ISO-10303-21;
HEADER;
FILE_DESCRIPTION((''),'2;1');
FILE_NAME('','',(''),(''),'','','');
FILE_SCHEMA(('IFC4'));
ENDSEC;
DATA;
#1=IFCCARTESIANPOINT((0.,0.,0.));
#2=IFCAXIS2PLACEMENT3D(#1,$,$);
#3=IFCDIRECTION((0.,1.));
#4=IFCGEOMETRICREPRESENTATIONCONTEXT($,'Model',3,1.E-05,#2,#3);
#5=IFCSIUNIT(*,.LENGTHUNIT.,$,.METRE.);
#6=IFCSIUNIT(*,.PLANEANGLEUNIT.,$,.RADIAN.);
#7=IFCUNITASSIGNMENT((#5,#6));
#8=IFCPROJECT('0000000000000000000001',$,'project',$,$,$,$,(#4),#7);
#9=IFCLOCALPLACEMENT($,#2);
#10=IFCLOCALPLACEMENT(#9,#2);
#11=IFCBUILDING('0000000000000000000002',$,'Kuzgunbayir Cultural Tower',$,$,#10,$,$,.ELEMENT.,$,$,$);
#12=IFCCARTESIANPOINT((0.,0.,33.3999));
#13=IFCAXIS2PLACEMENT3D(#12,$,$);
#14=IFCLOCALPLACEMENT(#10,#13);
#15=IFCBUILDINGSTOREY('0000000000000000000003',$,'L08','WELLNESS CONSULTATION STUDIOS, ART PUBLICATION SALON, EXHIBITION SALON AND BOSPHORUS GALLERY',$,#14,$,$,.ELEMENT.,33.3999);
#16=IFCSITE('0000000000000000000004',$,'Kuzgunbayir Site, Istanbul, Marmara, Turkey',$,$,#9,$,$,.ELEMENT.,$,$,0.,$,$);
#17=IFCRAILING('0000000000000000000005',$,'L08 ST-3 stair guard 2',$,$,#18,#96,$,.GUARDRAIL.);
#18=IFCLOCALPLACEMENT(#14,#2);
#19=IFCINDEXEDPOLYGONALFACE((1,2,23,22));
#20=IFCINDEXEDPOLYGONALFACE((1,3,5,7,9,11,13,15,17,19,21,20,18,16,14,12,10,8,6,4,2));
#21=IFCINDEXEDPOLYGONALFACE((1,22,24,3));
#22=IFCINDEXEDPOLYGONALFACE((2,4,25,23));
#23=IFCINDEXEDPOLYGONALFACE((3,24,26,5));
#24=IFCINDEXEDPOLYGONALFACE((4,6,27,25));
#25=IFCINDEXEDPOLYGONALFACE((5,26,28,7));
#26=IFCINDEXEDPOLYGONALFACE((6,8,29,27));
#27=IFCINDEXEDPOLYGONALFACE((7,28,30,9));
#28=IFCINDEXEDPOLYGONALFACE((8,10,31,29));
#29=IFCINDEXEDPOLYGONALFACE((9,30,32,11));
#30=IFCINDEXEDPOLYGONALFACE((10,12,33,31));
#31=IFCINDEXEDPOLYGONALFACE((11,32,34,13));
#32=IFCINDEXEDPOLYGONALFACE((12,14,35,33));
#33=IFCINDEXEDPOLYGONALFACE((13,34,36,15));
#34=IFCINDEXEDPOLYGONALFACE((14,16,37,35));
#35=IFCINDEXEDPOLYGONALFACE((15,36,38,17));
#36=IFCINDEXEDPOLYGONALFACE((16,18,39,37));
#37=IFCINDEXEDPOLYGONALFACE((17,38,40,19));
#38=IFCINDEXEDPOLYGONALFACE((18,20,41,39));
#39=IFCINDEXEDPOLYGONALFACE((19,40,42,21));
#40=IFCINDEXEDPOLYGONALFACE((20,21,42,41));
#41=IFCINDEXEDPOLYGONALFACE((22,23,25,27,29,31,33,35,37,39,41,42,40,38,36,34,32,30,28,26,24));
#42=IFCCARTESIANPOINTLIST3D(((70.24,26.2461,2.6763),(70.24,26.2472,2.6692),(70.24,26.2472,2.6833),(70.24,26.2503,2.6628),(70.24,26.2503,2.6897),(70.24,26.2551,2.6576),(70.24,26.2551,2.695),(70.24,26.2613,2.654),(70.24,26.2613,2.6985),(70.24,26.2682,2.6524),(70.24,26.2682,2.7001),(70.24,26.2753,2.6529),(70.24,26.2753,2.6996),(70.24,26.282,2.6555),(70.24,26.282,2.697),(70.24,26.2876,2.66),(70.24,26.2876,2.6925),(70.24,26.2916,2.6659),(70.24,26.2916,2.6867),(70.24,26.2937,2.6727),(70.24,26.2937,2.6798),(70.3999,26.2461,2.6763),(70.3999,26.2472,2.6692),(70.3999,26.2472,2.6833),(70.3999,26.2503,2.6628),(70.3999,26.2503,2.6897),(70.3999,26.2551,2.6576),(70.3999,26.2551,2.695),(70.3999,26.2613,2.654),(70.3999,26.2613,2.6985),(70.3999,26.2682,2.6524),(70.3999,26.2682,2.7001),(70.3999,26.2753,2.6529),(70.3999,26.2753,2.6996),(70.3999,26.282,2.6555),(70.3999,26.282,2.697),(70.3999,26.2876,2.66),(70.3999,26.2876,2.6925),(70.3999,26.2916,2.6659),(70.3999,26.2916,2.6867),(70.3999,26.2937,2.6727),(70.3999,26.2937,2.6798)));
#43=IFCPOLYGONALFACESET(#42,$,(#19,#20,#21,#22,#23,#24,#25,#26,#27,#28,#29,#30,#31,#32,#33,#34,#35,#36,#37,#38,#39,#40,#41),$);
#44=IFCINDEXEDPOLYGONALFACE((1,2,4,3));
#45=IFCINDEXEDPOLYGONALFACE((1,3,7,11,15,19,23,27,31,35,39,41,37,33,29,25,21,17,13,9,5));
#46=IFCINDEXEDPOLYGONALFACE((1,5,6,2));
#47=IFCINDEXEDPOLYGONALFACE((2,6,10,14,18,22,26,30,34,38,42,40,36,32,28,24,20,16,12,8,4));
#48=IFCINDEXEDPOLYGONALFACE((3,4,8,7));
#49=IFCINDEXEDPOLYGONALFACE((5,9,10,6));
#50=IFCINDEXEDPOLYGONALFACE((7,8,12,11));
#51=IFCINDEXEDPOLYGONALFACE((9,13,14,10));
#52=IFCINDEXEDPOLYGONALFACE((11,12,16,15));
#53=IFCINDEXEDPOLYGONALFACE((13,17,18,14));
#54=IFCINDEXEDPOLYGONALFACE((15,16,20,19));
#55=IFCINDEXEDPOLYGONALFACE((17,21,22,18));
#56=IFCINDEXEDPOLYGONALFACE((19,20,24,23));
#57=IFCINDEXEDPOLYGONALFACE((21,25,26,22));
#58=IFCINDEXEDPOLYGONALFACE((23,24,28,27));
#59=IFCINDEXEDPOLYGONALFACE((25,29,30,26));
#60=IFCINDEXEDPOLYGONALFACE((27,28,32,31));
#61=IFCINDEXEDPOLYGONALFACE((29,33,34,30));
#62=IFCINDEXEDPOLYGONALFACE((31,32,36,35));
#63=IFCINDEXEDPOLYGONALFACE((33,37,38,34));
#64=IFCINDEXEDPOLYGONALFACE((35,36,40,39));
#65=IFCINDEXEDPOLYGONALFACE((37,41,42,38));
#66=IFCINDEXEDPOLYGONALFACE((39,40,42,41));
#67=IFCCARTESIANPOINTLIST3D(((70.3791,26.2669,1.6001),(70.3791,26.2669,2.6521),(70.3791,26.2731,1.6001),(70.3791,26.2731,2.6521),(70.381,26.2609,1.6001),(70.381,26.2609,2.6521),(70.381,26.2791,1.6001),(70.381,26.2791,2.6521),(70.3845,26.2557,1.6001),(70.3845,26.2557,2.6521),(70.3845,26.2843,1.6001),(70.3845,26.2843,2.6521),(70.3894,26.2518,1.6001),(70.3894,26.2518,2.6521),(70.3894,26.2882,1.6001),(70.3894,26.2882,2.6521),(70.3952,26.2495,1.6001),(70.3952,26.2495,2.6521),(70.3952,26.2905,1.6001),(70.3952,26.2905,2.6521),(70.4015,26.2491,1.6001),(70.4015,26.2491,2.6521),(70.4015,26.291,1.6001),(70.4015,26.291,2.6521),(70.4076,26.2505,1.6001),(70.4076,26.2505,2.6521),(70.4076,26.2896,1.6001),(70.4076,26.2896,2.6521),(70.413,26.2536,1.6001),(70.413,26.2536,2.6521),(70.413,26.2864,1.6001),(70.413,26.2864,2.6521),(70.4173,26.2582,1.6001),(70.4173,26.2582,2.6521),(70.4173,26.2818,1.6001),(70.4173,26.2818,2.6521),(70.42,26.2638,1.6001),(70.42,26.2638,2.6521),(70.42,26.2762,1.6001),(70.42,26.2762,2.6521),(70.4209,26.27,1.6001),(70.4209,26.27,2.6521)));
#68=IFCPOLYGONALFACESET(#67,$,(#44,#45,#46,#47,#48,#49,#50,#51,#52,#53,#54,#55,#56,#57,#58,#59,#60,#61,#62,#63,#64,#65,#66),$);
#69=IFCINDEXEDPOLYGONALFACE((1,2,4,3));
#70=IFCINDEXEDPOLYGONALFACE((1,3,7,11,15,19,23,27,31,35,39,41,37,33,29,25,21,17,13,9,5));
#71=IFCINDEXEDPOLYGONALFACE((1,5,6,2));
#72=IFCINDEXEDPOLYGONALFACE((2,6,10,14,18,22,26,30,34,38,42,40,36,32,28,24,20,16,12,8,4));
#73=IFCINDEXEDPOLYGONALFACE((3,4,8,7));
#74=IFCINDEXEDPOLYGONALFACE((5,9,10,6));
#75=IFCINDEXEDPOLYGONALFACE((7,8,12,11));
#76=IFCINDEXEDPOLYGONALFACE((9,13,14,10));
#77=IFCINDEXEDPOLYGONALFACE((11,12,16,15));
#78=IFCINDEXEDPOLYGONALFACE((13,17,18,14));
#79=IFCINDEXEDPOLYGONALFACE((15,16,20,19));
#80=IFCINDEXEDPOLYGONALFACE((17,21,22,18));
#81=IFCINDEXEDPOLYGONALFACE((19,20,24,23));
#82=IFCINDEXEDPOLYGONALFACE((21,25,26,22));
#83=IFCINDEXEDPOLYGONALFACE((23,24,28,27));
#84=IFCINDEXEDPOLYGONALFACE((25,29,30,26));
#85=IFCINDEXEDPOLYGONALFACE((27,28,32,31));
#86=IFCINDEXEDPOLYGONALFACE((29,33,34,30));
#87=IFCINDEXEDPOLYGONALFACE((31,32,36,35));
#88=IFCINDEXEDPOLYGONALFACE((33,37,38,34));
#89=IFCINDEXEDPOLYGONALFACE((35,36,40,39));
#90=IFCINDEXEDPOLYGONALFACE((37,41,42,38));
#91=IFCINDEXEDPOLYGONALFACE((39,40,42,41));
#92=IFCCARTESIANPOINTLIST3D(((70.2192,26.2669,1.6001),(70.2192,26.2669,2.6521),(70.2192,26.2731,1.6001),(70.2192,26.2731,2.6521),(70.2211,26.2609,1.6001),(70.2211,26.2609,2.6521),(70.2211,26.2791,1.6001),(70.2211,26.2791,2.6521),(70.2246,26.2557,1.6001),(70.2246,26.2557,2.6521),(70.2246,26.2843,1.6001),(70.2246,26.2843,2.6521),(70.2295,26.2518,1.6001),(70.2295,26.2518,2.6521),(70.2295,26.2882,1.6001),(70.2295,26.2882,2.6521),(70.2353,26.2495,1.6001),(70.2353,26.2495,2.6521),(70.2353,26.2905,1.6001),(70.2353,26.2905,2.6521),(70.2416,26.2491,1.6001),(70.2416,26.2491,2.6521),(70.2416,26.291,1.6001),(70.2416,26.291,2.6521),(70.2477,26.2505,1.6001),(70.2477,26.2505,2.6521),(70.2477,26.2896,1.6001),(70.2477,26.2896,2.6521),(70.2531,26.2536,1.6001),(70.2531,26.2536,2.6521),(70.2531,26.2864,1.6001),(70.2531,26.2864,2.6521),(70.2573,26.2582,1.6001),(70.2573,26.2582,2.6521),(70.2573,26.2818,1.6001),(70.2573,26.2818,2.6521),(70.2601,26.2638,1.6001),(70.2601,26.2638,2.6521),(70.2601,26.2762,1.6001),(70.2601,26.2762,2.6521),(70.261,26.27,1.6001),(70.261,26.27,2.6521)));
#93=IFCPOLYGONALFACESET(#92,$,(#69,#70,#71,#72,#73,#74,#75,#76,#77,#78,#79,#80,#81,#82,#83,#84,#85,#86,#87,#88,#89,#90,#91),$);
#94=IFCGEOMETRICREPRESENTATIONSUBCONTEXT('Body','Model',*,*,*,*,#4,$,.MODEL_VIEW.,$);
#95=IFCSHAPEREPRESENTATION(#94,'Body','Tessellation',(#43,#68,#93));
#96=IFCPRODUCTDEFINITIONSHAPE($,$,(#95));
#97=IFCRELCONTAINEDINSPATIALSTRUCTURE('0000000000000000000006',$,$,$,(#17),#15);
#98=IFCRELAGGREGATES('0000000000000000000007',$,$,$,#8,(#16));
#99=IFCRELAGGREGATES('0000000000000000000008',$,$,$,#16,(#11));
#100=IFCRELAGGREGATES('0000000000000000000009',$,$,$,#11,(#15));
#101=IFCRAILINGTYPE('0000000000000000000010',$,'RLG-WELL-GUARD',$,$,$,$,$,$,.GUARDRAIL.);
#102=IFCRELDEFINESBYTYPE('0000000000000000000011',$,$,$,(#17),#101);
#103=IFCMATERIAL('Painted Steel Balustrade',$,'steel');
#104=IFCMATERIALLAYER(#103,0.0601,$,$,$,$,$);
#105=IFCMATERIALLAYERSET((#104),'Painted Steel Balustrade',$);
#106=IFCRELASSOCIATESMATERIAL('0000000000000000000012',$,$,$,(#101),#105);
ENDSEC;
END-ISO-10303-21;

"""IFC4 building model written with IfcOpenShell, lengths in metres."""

from ifc_helpers import new_model, si_unit, direction, frame, origin, origin_2d, place, context, subcontext, project, spatial, circle, extrude, material, layer, layer_set, type_object, element, save


model = new_model("IFC4")

# Units and contexts
model_context = context("Model", 3, precision=1e-05, world=origin(), true_north=direction((0.0, 1.0)))
body_context = subcontext(model_context, "Body", "Model", "MODEL_VIEW")
ifc_project = project(units=[si_unit("LENGTHUNIT", "METRE"), si_unit("PLANEANGLEUNIT", "RADIAN")], contexts=[model_context])

# Site, building, storey
site_placement = place(None, origin())
site = spatial("IfcSite", under=ifc_project, at=site_placement, Name="Kuzgunbayir Site, Istanbul, Marmara, Turkey", CompositionType="ELEMENT", RefElevation=0.0)
building_placement = place(site_placement, origin())
building = spatial("IfcBuilding", under=site, at=building_placement, Name="Kuzgunbayir Cultural Tower", CompositionType="ELEMENT")
storey_placement = place(building_placement, frame((0.0, 0.0, 33.3999)))
storey = spatial("IfcBuildingStorey", under=building, at=storey_placement, Name="L08", Description="WELLNESS CONSULTATION STUDIOS, ART PUBLICATION SALON, EXHIBITION SALON AND BOSPHORUS GALLERY", CompositionType="ELEMENT", Elevation=33.3999)

# Railing
ifc_material_1 = material(Name="Painted Steel Balustrade", Category="steel")
ifc_layer_1 = layer(ifc_material_1, 0.0601)
ifc_layer_set_1 = layer_set([ifc_layer_1], Name="Painted Steel Balustrade")
railing_type_1 = type_object("IfcRailingType", Name="RLG-WELL-GUARD", PredefinedType="GUARDRAIL", material=ifc_layer_set_1)
railing_1_placement = place(storey_placement, frame((70.3999, 26.27, 1.6001)))
element("IfcRailing", 1, at=railing_1_placement, inside=storey, type_object=railing_type_1, Name="L08 ST-3 stair guard 2", PredefinedType="GUARDRAIL", context=body_context, shape_type="SweptSolid", body=[
    extrude(circle(Radius=0.0239, at=origin_2d()), frame((0.0, 0.0, 1.0762), z_axis=(-1.0, 0.0, 0.0), x_axis=(0.0, -1.0, 0.0)), (0.0, 0.0, 1.0), 0.1599),
    extrude(circle(Radius=0.021, at=origin_2d()), origin(), (0.0, 0.0, 1.0), 1.052),
    extrude(circle(Radius=0.021, at=origin_2d()), frame((-0.1599, 0.0, 0.0)), (0.0, 0.0, 1.0), 1.052),
])

save(model, "model.ifc")
